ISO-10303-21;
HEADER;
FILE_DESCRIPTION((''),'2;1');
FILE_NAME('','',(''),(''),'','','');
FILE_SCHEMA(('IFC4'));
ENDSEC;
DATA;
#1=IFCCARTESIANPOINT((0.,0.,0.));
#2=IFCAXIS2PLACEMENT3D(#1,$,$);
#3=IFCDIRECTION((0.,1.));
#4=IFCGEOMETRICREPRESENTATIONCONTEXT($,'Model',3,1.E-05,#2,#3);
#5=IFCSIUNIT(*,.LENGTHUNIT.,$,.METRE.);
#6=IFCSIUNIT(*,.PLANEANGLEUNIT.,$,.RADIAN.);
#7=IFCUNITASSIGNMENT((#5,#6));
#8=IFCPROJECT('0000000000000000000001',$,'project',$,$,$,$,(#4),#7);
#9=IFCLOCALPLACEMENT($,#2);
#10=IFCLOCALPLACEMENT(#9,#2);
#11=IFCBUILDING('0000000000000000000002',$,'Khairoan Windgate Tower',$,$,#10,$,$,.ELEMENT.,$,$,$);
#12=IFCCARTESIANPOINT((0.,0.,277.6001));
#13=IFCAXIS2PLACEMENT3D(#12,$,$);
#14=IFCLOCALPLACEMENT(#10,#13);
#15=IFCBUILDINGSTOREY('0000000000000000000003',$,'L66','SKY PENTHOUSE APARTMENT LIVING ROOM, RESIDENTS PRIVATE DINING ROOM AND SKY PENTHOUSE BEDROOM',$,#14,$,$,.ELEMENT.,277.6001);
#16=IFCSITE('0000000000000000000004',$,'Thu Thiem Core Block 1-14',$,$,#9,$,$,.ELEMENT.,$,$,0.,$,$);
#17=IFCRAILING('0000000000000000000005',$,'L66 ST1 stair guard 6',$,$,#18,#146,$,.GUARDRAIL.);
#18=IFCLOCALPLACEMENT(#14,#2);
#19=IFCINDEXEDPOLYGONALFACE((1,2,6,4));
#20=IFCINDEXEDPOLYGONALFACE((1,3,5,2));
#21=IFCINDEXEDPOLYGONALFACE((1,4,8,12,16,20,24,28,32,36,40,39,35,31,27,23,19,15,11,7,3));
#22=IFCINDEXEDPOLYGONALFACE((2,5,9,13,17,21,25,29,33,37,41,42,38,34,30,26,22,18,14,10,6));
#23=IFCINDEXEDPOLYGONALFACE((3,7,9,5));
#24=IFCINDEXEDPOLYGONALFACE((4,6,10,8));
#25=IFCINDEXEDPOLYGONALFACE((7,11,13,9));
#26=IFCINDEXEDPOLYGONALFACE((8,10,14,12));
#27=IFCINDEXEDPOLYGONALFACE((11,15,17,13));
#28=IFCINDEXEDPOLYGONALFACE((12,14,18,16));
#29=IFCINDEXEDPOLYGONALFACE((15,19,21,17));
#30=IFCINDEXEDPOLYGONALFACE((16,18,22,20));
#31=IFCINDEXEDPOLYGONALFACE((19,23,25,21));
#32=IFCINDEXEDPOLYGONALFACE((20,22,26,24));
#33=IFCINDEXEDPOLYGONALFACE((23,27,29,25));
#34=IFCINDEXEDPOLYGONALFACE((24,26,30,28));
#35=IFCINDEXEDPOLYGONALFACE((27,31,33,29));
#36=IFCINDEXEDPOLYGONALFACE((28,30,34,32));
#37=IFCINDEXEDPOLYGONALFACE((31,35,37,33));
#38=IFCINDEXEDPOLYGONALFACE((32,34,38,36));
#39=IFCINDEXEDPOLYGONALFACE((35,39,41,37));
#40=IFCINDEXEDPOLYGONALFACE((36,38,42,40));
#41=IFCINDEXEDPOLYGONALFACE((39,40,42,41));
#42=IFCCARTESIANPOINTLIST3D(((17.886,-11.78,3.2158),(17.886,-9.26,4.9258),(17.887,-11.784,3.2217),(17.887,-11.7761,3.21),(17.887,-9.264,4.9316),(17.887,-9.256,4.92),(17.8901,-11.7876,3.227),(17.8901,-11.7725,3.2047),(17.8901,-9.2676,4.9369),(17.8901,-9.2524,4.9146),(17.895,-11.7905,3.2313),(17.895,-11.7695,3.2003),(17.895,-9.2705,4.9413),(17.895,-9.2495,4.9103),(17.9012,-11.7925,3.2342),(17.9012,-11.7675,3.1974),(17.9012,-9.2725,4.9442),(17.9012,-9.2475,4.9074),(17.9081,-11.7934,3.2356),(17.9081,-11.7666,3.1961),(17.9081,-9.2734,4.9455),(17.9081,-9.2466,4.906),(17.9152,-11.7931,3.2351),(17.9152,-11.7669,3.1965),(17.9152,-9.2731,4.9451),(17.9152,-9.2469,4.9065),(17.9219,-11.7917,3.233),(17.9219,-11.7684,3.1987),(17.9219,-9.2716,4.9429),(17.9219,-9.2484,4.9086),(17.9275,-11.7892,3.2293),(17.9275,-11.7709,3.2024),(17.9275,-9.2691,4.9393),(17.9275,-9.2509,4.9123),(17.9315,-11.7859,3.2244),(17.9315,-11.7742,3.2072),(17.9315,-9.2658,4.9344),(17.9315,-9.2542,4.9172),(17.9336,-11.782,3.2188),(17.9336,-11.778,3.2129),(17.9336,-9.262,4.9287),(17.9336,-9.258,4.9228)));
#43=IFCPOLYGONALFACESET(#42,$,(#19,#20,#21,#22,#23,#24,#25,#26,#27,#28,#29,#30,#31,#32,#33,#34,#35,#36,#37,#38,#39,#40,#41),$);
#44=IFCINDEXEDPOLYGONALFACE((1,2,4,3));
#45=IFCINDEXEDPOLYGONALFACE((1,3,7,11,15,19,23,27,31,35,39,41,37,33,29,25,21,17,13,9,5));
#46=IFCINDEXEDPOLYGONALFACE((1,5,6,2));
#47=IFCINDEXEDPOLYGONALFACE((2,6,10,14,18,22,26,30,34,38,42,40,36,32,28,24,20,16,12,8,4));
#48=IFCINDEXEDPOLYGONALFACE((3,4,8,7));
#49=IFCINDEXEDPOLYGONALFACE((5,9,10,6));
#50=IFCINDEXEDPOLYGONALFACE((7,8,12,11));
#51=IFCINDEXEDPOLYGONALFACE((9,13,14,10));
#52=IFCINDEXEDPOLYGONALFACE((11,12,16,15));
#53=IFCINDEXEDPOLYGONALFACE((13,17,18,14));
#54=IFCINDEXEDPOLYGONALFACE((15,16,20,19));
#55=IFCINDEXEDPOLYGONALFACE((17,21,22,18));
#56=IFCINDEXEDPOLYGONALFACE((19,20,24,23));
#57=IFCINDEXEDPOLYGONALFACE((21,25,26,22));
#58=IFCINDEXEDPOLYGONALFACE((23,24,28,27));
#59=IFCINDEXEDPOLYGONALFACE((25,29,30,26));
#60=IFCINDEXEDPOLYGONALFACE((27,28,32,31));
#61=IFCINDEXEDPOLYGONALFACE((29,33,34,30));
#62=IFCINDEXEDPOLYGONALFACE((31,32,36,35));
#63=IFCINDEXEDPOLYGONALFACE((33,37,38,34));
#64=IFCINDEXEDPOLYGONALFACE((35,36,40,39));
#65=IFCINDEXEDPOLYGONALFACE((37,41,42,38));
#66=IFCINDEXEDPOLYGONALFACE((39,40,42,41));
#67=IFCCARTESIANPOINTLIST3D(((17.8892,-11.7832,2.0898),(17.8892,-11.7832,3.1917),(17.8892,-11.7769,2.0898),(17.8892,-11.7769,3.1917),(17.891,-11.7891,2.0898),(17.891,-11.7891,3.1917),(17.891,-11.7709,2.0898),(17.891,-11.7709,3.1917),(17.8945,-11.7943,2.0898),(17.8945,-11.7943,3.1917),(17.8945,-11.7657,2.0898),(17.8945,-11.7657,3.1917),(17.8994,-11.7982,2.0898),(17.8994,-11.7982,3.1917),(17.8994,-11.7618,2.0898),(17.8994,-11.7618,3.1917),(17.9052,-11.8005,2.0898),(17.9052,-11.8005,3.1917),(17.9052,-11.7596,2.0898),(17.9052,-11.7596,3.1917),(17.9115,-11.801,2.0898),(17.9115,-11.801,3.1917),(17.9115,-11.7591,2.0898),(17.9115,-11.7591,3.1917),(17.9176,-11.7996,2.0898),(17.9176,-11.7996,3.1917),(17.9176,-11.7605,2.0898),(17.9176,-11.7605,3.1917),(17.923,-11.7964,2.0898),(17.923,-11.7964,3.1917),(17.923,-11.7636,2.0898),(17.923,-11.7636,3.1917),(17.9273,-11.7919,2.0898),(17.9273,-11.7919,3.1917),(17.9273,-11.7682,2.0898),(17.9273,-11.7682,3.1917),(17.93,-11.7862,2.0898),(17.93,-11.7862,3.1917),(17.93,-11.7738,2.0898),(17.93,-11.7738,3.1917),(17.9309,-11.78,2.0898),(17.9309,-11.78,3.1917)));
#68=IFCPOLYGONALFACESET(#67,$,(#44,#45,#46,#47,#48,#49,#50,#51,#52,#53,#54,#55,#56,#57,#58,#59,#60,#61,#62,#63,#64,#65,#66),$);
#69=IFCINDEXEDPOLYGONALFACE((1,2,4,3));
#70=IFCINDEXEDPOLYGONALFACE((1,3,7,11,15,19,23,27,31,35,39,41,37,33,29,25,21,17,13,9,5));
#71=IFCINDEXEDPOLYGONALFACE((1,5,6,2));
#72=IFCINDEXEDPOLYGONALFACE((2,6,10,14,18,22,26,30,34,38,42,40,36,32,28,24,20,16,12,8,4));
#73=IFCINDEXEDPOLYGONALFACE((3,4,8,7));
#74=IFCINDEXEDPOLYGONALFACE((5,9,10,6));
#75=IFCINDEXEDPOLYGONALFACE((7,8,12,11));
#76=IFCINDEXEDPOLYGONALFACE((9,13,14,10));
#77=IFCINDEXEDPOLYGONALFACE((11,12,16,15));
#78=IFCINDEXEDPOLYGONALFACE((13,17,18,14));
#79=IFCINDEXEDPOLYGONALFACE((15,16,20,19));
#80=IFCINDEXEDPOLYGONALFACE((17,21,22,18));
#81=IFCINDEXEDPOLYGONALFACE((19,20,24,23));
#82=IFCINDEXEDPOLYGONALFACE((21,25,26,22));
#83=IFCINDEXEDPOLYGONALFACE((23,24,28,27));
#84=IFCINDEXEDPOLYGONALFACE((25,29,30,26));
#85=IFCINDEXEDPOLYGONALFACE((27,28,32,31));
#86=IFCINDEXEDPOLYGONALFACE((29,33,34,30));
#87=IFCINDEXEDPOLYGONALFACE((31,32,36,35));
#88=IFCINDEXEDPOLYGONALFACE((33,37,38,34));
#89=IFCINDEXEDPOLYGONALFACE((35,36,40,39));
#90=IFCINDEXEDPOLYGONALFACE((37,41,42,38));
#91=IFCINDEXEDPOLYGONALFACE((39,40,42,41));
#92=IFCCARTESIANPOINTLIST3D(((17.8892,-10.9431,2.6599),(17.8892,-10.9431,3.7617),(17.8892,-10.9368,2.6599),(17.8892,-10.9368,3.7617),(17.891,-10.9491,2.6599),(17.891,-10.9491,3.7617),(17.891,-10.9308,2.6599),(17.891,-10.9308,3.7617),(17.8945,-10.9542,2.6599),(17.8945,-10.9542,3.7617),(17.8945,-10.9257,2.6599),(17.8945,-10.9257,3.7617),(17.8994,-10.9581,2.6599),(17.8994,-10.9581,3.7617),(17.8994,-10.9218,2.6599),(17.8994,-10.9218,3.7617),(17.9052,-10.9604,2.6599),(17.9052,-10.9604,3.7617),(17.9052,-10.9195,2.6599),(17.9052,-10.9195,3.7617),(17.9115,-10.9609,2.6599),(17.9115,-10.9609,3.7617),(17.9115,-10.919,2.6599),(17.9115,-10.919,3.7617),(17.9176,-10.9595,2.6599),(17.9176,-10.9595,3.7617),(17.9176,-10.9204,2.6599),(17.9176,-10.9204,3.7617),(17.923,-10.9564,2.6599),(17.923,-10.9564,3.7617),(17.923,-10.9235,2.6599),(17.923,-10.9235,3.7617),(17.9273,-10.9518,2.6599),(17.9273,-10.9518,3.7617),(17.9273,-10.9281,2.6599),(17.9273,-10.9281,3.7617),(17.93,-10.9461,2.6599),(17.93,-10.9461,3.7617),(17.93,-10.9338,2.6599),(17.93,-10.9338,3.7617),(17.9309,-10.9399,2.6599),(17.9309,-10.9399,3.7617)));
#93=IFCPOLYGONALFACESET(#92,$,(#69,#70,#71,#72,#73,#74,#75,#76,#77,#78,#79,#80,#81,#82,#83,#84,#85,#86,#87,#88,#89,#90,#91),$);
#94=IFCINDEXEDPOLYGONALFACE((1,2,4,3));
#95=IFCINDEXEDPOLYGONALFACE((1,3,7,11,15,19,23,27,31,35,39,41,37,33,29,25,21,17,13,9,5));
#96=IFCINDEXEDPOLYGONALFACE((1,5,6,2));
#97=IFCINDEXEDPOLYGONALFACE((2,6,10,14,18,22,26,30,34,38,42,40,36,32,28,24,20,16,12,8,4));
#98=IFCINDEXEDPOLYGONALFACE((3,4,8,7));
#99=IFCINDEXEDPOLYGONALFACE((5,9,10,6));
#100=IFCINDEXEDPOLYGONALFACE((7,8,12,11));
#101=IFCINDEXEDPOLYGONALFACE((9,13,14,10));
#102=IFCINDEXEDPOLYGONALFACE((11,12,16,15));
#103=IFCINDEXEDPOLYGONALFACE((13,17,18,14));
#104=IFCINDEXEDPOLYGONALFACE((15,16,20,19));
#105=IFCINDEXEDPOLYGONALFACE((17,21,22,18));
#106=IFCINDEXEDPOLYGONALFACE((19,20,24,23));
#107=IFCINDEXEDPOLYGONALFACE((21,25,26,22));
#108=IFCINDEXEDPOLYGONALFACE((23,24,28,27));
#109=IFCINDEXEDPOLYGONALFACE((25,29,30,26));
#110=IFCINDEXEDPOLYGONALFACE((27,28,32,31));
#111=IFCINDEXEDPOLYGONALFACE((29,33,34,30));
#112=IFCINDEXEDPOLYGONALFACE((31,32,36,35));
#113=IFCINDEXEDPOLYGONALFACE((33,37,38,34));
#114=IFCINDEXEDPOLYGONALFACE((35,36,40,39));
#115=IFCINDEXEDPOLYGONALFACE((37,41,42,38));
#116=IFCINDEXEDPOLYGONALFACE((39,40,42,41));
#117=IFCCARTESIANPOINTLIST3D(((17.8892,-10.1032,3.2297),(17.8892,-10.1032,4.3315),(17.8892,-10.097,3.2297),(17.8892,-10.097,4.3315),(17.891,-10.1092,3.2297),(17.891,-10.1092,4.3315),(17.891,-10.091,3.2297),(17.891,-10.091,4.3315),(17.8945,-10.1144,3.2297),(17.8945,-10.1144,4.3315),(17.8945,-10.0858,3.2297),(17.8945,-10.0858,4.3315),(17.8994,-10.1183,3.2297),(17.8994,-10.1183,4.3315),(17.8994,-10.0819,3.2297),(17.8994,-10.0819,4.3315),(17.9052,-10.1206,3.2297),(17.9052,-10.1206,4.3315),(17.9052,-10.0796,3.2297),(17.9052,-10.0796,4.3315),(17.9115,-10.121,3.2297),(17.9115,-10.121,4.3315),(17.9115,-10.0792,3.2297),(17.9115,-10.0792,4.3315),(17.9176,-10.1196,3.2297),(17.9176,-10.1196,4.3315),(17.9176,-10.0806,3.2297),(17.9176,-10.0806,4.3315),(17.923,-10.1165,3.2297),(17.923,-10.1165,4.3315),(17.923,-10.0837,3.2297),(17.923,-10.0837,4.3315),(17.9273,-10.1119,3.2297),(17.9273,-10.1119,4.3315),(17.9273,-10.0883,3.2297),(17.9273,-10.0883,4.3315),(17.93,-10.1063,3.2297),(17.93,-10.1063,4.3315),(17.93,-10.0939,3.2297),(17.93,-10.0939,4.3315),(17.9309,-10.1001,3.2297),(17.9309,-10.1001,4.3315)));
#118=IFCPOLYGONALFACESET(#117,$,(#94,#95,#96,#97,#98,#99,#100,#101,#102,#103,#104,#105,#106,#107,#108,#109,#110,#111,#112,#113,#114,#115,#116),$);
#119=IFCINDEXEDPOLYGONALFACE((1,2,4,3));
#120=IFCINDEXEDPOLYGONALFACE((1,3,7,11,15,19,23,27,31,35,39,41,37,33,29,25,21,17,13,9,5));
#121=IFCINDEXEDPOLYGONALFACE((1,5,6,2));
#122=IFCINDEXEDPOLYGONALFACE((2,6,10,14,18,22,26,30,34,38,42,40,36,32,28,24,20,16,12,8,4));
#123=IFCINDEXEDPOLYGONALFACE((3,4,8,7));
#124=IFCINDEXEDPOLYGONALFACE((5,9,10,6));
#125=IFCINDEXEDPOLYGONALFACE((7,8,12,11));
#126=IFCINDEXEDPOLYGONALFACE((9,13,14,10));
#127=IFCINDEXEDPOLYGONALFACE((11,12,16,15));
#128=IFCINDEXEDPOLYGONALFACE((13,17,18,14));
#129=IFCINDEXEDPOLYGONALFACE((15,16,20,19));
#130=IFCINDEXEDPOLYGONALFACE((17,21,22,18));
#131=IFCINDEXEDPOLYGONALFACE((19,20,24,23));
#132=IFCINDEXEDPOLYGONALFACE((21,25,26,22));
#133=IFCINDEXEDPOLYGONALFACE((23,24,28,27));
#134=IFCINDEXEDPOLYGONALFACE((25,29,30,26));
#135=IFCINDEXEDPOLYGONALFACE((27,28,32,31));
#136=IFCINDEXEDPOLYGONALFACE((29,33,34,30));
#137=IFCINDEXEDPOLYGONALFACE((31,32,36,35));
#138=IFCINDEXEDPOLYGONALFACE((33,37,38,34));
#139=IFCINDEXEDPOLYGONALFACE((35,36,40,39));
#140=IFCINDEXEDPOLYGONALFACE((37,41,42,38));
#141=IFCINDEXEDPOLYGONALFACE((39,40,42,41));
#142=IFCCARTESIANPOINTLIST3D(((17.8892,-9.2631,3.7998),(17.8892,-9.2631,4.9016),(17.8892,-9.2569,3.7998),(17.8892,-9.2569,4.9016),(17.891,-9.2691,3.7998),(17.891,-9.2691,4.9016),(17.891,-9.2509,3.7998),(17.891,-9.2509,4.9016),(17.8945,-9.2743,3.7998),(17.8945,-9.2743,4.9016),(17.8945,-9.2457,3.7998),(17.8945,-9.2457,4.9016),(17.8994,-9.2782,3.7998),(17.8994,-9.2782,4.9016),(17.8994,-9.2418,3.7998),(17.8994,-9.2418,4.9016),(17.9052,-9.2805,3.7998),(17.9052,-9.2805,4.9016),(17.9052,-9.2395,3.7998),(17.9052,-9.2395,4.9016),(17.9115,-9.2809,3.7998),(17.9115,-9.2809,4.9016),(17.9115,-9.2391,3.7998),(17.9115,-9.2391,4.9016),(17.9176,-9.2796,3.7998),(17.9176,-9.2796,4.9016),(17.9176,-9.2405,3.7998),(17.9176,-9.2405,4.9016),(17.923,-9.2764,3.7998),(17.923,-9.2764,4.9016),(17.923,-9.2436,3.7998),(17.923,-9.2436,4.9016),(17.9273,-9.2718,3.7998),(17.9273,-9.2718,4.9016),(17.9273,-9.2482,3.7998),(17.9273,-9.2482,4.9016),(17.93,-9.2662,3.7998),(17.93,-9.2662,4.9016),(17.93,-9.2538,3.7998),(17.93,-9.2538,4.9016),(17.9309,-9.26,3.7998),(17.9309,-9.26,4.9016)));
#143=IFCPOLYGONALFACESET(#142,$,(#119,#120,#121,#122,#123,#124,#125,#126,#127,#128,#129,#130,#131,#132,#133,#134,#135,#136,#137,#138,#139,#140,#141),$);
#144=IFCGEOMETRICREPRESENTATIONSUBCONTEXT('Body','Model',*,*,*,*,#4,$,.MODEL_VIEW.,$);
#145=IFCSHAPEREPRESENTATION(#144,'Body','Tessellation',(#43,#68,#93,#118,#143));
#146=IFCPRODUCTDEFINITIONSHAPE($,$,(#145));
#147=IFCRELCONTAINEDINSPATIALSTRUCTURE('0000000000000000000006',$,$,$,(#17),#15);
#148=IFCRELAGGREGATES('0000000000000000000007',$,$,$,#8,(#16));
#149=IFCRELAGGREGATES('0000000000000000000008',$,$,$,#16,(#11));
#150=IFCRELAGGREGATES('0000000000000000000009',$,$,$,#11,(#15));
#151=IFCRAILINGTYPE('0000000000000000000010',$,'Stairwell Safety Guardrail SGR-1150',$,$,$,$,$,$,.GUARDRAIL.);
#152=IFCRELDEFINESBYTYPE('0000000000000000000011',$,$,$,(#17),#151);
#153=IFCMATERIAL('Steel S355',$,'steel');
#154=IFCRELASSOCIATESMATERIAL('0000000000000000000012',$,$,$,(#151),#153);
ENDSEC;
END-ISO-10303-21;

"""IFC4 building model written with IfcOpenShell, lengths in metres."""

from ifc_helpers import new_model, si_unit, direction, frame, origin, origin_2d, place, context, subcontext, project, spatial, circle, extrude, material, type_object, element, save


model = new_model("IFC4")

# Units and contexts
model_context = context("Model", 3, precision=1e-05, world=origin(), true_north=direction((0.0, 1.0)))
body_context = subcontext(model_context, "Body", "Model", "MODEL_VIEW")
ifc_project = project(units=[si_unit("LENGTHUNIT", "METRE"), si_unit("PLANEANGLEUNIT", "RADIAN")], contexts=[model_context])

# Site, building, storey
site_placement = place(None, origin())
site = spatial("IfcSite", under=ifc_project, at=site_placement, Name="Thu Thiem Core Block 1-14", CompositionType="ELEMENT", RefElevation=0.0)
building_placement = place(site_placement, origin())
building = spatial("IfcBuilding", under=site, at=building_placement, Name="Khairoan Windgate Tower", CompositionType="ELEMENT")
storey_placement = place(building_placement, frame((0.0, 0.0, 277.6001)))
storey = spatial("IfcBuildingStorey", under=building, at=storey_placement, Name="L66", Description="SKY PENTHOUSE APARTMENT LIVING ROOM, RESIDENTS PRIVATE DINING ROOM AND SKY PENTHOUSE BEDROOM", CompositionType="ELEMENT", Elevation=277.6001)

# Railing
ifc_material_1 = material(Name="Steel S355", Category="steel")
railing_type = type_object("IfcRailingType", Name="Stairwell Safety Guardrail SGR-1150", PredefinedType="GUARDRAIL", material=ifc_material_1)
railing_1_placement = place(storey_placement, frame((17.9099, -11.78, 2.0898)))
element("IfcRailing", 1, at=railing_1_placement, inside=storey, type_object=railing_type, Name="L66 ST1 stair guard 6", PredefinedType="GUARDRAIL", context=body_context, shape_type="SweptSolid", body=[
    extrude(circle(Radius=0.0239, at=origin_2d()), frame((0.0, 0.0, 1.126), z_axis=(0.0, 0.827484, 0.56149), x_axis=(-1.0, 0.0, 0.0)), (0.0, 0.0, 1.0), 3.0454),
    extrude(circle(Radius=0.021, at=origin_2d()), origin(), (0.0, 0.0, 1.0), 1.1018),
    extrude(circle(Radius=0.021, at=origin_2d()), frame((0.0, 0.8401, 0.5701)), (0.0, 0.0, 1.0), 1.1018),
    extrude(circle(Radius=0.021, at=origin_2d()), frame((0.0, 1.6799, 1.1399)), (0.0, 0.0, 1.0), 1.1018),
    extrude(circle(Radius=0.021, at=origin_2d()), frame((0.0, 2.52, 1.71)), (0.0, 0.0, 1.0), 1.1018),
])

save(model, "model.ifc")
